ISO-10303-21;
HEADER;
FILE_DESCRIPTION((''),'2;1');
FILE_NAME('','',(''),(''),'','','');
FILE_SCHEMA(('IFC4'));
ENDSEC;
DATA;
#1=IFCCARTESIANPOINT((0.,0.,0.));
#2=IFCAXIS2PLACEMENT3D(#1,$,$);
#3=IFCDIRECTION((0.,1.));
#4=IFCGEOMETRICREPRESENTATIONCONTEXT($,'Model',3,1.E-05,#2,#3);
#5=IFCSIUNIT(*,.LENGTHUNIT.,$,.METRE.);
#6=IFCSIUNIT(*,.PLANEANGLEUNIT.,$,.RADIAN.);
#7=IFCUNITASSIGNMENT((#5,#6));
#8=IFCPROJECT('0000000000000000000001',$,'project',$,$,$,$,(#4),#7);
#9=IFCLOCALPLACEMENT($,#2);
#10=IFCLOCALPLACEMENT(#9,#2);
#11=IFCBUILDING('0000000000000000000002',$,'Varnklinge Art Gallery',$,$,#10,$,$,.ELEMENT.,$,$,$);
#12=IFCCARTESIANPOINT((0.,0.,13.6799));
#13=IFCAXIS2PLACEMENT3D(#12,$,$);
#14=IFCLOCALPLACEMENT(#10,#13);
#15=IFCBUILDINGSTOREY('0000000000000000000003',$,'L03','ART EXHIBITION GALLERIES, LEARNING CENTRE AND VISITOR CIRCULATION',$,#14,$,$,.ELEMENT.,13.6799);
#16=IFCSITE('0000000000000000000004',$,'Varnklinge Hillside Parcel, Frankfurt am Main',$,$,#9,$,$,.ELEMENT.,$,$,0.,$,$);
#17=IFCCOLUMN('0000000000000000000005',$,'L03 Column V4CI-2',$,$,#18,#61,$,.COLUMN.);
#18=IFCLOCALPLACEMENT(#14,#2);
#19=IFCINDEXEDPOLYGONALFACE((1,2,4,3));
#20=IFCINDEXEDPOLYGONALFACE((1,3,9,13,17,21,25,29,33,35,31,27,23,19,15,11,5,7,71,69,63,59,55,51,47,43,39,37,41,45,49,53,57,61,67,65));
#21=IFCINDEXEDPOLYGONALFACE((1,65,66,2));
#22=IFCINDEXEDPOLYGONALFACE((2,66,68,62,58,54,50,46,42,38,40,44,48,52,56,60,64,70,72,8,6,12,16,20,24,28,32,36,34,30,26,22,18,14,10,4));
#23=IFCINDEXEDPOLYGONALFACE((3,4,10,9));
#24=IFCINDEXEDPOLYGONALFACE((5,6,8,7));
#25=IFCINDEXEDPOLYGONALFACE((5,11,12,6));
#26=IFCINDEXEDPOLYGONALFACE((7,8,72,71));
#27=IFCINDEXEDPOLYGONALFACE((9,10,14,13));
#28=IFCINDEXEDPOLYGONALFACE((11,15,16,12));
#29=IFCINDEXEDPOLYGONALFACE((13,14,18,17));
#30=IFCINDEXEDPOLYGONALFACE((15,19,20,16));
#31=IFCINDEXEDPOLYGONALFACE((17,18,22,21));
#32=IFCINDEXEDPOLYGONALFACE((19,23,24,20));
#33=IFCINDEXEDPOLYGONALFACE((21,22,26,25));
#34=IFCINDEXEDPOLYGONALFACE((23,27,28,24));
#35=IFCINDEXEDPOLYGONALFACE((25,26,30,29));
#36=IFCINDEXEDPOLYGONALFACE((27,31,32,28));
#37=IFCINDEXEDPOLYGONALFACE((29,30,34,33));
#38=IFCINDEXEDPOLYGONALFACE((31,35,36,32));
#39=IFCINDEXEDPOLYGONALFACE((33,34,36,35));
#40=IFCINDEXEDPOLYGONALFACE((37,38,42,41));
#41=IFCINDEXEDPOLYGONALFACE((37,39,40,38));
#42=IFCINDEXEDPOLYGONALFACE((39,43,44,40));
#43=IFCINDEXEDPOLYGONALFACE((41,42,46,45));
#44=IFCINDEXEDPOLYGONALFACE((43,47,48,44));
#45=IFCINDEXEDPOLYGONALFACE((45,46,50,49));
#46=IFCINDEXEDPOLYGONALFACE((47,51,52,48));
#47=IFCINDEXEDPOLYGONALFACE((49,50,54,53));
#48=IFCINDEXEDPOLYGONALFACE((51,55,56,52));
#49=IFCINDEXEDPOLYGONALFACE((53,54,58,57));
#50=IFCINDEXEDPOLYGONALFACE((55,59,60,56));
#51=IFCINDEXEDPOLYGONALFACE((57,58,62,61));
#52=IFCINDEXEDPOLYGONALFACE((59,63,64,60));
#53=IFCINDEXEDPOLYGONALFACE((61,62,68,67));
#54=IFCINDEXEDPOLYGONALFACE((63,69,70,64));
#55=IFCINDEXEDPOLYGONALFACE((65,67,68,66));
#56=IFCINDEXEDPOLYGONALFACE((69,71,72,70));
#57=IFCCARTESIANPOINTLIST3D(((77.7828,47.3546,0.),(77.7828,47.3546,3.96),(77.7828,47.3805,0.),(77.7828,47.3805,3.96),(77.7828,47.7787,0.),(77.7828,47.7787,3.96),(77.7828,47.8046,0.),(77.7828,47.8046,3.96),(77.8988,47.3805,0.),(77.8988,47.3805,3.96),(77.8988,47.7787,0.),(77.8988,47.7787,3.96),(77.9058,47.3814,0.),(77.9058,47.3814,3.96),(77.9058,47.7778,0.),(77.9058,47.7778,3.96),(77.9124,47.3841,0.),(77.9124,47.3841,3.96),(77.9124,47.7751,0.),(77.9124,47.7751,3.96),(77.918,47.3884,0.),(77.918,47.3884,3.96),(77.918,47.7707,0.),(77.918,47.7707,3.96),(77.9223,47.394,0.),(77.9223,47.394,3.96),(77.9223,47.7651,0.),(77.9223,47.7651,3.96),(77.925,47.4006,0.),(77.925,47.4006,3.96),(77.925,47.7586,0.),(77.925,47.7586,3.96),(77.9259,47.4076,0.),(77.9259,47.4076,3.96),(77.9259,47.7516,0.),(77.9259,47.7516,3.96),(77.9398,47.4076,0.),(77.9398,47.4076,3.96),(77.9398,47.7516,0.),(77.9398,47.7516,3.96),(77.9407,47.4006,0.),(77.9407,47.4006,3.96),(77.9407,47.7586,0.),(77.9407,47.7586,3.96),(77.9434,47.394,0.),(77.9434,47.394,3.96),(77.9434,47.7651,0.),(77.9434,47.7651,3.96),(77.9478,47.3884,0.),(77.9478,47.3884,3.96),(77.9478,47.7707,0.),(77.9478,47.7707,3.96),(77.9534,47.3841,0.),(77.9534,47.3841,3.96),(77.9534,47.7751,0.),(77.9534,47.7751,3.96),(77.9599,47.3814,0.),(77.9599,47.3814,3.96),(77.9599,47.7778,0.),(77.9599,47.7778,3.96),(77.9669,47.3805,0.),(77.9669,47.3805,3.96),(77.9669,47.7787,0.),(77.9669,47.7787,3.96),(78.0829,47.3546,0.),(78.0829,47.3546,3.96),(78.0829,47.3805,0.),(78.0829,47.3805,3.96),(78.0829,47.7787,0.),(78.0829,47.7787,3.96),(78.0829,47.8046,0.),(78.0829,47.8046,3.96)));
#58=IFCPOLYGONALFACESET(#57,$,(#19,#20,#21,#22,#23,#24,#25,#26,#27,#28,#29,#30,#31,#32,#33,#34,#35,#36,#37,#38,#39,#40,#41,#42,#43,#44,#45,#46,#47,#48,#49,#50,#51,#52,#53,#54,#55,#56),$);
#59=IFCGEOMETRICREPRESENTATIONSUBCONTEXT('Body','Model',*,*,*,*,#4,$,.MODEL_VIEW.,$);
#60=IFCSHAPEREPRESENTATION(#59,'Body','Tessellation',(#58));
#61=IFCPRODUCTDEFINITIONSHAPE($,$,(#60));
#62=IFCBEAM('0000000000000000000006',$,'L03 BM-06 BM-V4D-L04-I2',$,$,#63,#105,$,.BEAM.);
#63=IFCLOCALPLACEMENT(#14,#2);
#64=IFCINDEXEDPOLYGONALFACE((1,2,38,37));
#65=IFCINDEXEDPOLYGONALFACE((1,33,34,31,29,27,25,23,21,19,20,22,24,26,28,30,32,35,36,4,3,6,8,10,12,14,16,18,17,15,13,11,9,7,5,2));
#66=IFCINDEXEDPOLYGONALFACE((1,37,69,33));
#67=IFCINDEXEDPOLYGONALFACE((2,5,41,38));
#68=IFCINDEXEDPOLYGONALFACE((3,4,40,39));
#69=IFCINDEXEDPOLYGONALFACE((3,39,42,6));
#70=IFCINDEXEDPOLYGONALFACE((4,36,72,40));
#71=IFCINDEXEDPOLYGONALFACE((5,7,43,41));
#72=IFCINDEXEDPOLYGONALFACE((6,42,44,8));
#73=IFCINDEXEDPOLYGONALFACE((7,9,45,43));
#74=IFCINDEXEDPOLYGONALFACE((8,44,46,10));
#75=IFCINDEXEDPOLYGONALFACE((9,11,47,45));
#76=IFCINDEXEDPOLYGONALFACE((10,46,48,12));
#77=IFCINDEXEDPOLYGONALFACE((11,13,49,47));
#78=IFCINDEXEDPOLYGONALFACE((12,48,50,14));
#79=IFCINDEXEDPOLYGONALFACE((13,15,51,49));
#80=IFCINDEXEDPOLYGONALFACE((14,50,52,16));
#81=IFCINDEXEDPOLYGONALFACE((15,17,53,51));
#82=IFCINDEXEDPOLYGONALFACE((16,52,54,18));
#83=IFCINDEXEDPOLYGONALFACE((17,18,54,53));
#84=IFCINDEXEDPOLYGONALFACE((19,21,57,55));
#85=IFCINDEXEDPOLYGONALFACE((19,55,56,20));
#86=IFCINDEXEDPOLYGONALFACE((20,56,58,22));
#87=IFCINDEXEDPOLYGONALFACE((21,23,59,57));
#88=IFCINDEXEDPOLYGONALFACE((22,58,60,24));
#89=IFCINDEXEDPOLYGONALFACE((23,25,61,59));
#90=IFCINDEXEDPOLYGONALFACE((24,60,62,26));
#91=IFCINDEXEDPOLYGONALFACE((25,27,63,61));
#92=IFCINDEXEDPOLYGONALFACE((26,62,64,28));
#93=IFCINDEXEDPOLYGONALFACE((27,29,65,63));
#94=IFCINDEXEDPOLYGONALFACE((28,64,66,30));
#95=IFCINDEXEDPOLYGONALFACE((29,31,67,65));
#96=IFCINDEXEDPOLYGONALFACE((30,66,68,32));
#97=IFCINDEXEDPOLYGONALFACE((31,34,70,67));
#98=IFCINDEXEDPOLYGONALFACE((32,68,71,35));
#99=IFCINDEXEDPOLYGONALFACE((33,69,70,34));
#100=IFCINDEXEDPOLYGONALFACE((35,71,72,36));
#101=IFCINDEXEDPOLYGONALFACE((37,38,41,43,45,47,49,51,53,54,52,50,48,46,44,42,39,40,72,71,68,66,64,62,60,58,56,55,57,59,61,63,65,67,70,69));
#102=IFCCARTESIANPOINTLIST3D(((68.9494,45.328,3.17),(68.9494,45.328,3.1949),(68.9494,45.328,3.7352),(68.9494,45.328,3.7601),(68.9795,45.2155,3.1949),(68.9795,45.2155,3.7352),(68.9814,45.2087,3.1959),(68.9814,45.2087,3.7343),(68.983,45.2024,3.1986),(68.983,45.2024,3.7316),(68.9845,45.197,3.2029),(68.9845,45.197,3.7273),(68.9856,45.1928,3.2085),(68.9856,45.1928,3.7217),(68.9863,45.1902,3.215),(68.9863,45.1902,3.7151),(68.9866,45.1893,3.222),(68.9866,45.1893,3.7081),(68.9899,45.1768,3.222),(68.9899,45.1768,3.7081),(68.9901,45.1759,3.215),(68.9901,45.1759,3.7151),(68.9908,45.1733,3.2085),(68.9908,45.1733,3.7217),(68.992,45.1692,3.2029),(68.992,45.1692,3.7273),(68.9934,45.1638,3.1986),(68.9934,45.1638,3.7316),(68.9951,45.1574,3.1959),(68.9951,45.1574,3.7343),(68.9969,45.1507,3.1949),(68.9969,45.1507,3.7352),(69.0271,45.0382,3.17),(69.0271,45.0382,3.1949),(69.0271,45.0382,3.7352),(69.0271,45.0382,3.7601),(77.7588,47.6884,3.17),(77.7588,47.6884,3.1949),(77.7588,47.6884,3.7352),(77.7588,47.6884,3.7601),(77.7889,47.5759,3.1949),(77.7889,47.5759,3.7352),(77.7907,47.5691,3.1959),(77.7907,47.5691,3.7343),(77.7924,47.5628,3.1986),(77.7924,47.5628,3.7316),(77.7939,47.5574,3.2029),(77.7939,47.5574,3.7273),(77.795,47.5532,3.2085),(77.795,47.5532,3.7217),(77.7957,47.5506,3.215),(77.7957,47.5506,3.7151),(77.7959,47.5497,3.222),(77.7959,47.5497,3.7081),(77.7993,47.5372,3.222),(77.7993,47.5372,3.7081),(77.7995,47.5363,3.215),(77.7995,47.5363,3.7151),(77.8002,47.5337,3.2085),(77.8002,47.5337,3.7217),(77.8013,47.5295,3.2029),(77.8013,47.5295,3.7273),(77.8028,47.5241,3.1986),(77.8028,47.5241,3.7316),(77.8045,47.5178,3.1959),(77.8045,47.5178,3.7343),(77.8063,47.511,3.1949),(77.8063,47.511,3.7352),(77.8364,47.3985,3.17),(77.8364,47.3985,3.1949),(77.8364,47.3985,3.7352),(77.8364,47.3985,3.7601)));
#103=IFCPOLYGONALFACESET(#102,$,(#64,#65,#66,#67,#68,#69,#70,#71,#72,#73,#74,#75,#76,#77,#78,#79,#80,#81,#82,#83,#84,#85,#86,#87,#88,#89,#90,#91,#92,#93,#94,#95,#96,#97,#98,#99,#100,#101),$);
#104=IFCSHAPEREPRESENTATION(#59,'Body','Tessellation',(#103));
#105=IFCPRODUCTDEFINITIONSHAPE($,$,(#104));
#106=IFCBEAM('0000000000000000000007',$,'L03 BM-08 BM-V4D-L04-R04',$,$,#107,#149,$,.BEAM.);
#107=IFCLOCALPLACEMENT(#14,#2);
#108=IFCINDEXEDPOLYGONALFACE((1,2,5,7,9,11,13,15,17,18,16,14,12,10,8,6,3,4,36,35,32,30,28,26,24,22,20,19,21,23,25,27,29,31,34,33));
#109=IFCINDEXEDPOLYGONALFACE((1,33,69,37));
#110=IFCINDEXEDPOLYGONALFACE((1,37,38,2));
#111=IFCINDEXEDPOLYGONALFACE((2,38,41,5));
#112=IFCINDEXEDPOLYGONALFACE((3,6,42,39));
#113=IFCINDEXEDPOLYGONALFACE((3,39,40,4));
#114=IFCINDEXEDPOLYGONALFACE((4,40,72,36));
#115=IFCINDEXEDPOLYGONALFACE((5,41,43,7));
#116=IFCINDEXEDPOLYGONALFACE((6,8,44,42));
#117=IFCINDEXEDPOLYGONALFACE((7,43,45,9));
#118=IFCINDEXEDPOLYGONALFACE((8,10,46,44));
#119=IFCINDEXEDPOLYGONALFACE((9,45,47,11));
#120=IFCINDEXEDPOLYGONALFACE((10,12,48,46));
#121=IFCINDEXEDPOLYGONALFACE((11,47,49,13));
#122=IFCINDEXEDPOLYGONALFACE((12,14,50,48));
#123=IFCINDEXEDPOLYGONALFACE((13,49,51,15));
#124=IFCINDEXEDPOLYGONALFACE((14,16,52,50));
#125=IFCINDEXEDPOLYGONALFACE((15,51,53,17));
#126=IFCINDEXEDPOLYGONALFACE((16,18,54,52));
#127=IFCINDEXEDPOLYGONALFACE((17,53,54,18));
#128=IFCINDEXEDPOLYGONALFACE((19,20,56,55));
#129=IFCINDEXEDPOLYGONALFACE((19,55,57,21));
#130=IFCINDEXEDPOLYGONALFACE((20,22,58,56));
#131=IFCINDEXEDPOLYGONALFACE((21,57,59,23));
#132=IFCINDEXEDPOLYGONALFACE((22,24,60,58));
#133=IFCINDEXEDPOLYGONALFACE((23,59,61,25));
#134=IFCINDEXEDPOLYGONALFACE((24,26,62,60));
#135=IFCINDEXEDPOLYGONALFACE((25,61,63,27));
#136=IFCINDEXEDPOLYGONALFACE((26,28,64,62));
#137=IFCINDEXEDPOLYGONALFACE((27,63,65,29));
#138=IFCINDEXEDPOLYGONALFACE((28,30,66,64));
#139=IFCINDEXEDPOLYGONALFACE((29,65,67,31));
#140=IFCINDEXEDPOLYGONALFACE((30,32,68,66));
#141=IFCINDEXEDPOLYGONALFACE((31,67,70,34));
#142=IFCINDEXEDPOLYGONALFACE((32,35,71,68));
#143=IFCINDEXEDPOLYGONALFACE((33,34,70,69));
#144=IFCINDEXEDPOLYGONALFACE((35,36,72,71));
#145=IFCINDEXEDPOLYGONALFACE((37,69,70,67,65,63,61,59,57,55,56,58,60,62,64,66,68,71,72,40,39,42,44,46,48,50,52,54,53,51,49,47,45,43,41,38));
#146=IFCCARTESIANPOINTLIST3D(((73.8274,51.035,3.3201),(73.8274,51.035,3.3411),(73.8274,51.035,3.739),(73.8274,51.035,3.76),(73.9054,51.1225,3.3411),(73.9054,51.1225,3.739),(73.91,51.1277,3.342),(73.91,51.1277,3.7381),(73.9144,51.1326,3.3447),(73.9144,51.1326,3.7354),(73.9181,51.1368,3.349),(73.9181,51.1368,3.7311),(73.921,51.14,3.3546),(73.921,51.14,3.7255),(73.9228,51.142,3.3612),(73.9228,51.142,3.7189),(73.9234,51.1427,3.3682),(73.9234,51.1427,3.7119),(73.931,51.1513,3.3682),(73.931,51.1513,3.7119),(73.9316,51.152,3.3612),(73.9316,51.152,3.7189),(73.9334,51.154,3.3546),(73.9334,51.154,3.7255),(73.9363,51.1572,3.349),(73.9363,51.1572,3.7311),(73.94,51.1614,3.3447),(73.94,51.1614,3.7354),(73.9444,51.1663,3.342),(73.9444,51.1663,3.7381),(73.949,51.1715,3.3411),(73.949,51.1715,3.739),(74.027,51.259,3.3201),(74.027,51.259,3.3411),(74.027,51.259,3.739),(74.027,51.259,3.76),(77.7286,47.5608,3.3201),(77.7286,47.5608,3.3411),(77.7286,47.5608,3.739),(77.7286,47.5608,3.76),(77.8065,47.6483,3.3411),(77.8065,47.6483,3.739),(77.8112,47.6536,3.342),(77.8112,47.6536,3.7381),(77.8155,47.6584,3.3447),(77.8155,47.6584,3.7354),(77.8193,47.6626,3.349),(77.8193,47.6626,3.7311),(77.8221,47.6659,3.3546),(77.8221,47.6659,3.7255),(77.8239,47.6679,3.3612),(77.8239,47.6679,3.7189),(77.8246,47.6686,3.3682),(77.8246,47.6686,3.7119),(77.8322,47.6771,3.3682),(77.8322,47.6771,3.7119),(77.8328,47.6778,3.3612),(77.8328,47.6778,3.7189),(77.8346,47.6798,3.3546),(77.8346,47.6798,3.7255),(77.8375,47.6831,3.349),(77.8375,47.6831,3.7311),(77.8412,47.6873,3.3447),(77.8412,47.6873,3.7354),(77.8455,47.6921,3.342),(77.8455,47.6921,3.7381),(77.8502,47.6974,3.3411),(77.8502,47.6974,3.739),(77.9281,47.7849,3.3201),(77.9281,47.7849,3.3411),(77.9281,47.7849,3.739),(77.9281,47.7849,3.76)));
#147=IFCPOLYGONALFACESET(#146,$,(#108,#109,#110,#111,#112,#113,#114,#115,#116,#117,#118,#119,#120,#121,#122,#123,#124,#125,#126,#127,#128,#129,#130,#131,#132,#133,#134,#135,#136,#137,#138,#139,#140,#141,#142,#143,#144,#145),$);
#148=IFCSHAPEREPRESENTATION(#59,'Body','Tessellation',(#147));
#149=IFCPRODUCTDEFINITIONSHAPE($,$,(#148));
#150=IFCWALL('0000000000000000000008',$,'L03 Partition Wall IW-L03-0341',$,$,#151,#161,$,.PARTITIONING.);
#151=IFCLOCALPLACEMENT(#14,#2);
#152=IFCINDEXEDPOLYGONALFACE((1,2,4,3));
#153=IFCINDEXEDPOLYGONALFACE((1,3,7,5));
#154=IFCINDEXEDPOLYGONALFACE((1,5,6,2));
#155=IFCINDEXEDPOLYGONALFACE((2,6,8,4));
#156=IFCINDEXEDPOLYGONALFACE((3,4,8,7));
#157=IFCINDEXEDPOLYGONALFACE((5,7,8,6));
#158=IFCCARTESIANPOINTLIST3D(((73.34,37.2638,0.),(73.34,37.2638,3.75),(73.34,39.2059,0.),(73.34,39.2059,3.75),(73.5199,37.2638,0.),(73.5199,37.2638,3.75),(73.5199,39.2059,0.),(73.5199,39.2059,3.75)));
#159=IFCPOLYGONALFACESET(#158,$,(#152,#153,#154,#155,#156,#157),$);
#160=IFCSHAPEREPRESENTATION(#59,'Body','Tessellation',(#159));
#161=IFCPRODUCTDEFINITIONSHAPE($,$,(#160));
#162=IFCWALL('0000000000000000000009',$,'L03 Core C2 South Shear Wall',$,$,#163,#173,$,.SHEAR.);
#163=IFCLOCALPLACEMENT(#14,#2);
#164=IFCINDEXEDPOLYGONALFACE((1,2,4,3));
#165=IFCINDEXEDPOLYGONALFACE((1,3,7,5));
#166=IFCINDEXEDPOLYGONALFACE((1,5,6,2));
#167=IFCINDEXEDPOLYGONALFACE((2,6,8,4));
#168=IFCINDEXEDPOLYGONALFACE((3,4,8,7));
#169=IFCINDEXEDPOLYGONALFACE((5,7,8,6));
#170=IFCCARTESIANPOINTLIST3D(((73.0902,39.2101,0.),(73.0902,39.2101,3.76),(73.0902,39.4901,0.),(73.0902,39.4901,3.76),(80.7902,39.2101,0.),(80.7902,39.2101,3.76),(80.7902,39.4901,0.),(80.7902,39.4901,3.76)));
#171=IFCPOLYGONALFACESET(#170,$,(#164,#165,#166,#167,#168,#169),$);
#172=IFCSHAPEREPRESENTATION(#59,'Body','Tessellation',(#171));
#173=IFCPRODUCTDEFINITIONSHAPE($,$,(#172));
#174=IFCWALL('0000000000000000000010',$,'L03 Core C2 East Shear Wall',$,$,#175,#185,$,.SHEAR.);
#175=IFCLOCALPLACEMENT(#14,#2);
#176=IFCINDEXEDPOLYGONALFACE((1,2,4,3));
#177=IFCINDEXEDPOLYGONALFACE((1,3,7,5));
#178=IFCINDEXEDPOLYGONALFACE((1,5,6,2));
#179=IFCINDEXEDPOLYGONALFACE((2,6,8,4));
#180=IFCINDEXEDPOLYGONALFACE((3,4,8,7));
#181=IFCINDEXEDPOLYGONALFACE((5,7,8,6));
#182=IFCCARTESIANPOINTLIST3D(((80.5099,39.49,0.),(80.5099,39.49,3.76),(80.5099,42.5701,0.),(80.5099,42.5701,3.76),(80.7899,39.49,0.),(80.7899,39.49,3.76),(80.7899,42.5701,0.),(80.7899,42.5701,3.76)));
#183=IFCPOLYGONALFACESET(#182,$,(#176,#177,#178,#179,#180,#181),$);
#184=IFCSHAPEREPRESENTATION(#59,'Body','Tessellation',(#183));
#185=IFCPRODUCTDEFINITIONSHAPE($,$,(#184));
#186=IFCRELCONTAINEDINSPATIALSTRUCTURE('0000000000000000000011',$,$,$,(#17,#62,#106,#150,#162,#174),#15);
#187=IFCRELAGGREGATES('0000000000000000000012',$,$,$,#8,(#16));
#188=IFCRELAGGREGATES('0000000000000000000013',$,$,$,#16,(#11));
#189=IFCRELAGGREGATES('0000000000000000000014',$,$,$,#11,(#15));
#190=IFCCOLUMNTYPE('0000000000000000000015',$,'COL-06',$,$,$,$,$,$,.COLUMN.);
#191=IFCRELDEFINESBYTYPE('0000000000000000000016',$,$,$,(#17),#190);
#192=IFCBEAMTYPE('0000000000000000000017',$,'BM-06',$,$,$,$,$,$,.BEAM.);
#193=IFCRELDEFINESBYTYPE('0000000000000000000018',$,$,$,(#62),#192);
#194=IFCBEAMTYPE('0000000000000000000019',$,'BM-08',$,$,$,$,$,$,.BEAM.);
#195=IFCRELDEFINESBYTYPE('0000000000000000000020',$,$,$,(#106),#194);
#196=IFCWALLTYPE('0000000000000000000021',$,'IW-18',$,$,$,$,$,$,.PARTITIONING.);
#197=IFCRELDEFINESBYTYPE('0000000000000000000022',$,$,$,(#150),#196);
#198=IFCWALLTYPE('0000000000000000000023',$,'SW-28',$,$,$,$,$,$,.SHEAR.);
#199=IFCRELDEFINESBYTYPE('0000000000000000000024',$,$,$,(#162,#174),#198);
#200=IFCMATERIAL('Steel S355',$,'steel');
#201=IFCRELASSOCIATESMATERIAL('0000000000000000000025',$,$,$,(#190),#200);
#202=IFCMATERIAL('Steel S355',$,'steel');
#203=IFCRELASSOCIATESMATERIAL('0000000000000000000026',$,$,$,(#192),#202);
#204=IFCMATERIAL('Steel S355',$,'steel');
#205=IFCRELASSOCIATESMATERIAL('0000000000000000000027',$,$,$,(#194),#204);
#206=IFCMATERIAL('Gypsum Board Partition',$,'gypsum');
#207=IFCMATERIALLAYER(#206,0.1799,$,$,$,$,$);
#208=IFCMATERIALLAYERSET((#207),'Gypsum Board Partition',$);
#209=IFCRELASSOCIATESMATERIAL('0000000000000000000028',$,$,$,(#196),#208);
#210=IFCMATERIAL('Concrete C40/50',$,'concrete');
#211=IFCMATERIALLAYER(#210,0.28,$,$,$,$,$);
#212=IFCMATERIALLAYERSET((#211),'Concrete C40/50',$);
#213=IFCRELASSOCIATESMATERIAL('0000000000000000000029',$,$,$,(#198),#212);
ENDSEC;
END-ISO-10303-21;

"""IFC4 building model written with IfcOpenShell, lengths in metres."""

from ifc_helpers import new_model, si_unit, direction, frame, frame_2d, origin, origin_2d, place, context, subcontext, project, spatial, rectangle, i_section, extrude, material, layer, layer_set, material_profile, profile_set, type_object, element, save


model = new_model("IFC4")

# Units and contexts
model_context = context("Model", 3, precision=1e-05, world=origin(), true_north=direction((0.0, 1.0)))
body_context = subcontext(model_context, "Body", "Model", "MODEL_VIEW")
ifc_project = project(units=[si_unit("LENGTHUNIT", "METRE"), si_unit("PLANEANGLEUNIT", "RADIAN")], contexts=[model_context])

# Site, building, storey
site_placement = place(None, origin())
site = spatial("IfcSite", under=ifc_project, at=site_placement, Name="Varnklinge Hillside Parcel, Frankfurt am Main", CompositionType="ELEMENT", RefElevation=0.0)
building_placement = place(site_placement, origin())
building = spatial("IfcBuilding", under=site, at=building_placement, Name="Varnklinge Art Gallery", CompositionType="ELEMENT")
storey_placement = place(building_placement, frame((0.0, 0.0, 13.6799)))
storey = spatial("IfcBuildingStorey", under=building, at=storey_placement, Name="L03", Description="ART EXHIBITION GALLERIES, LEARNING CENTRE AND VISITOR CIRCULATION", CompositionType="ELEMENT", Elevation=13.6799)

# Column
ifc_material_1 = material(Name="Steel S355", Category="steel")
ifc_material_profile_1 = material_profile(ifc_material_1, i_section(OverallWidth=0.3, OverallDepth=0.45, WebThickness=0.0139, FlangeThickness=0.0259, FilletRadius=0.0271, at=origin_2d()), Name="HEB 450")
ifc_profile_set_1 = profile_set([ifc_material_profile_1], Name="Steel S355")
column_type = type_object("IfcColumnType", Name="COL-06", PredefinedType="COLUMN", material=ifc_profile_set_1)
column_placement = place(storey_placement, frame((77.9329, 47.5796, 0.0), z_axis=(0.0, 0.0, 1.0), x_axis=(1.0, 0.0, 0.0)))
element("IfcColumn", 1, at=column_placement, inside=storey, type_object=column_type, Name="L03 Column V4CI-2", PredefinedType="COLUMN", context=body_context, shape_type="SweptSolid", body=[
    extrude(i_section(OverallWidth=0.3, OverallDepth=0.45, WebThickness=0.0139, FlangeThickness=0.0259, FilletRadius=0.0271, at=origin_2d()), origin(), (0.0, 0.0, 1.0), 3.96),
])

# Beams
ifc_material_2 = material(Name="Steel S355", Category="steel")
ifc_material_profile_2 = material_profile(ifc_material_2, i_section(OverallWidth=0.3, OverallDepth=0.5901, WebThickness=0.0129, FlangeThickness=0.0249, FilletRadius=0.0271, at=origin_2d()), Name="HEA 600")
ifc_profile_set_2 = profile_set([ifc_material_profile_2], Name="Steel S355")
beam_type_1 = type_object("IfcBeamType", Name="BM-06", PredefinedType="BEAM", material=ifc_profile_set_2)
beam_1_placement = place(storey_placement, frame((77.7976, 47.5435, 3.4651), z_axis=(-0.965929, -0.258809, 0.0), x_axis=(0.258809, -0.965929, 0.0)))
element("IfcBeam", 2, at=beam_1_placement, inside=storey, type_object=beam_type_1, Name="L03 BM-06 BM-V4D-L04-I2", PredefinedType="BEAM", context=body_context, shape_type="SweptSolid", body=[
    extrude(i_section(OverallWidth=0.3, OverallDepth=0.5901, WebThickness=0.0129, FlangeThickness=0.0249, FilletRadius=0.0271, at=origin_2d()), origin(), (0.0, 0.0, 1.0), 9.1201),
])
ifc_material_3 = material(Name="Steel S355", Category="steel")
ifc_material_profile_3 = material_profile(ifc_material_3, i_section(OverallWidth=0.3, OverallDepth=0.4399, WebThickness=0.0115, FlangeThickness=0.021, FilletRadius=0.0271, at=origin_2d()), Name="HEA 450")
ifc_profile_set_3 = profile_set([ifc_material_profile_3], Name="Steel S355")
beam_type_2 = type_object("IfcBeamType", Name="BM-08", PredefinedType="BEAM", material=ifc_profile_set_3)
beam_2_placement = place(storey_placement, frame((77.8284, 47.6729, 3.54), z_axis=(-0.746795, 0.665054, 0.0), x_axis=(-0.665054, -0.746795, 0.0)))
element("IfcBeam", 3, at=beam_2_placement, inside=storey, type_object=beam_type_2, Name="L03 BM-08 BM-V4D-L04-R04", PredefinedType="BEAM", context=body_context, shape_type="SweptSolid", body=[
    extrude(i_section(OverallWidth=0.3, OverallDepth=0.4399, WebThickness=0.0115, FlangeThickness=0.021, FilletRadius=0.0271, at=origin_2d()), origin(), (0.0, 0.0, 1.0), 5.2239),
])

# Walls
ifc_material_4 = material(Name="Gypsum Board Partition", Category="gypsum")
ifc_layer_1 = layer(ifc_material_4, 0.1799)
ifc_layer_set_1 = layer_set([ifc_layer_1], Name="Gypsum Board Partition")
wall_type_1 = type_object("IfcWallType", Name="IW-18", PredefinedType="PARTITIONING", material=ifc_layer_set_1)
wall_1_placement = place(storey_placement, frame((73.4299, 39.2061, 0.0), z_axis=(0.0, 0.0, 1.0), x_axis=(0.0, -1.0, 0.0)))
element("IfcWall", 4, at=wall_1_placement, inside=storey, type_object=wall_type_1, Name="L03 Partition Wall IW-L03-0341", PredefinedType="PARTITIONING", context=body_context, shape_type="SweptSolid", body=[
    extrude(rectangle(XDim=1.9421, YDim=0.1799, at=frame_2d((0.9712, 0.0))), origin(), (0.0, 0.0, 1.0), 3.75),
])
ifc_material_5 = material(Name="Concrete C40/50", Category="concrete")
ifc_layer_2 = layer(ifc_material_5, 0.28)
ifc_layer_set_2 = layer_set([ifc_layer_2], Name="Concrete C40/50")
wall_type_2 = type_object("IfcWallType", Name="SW-28", PredefinedType="SHEAR", material=ifc_layer_set_2)
wall_2_placement = place(storey_placement, frame((73.0901, 39.3501, 0.0), z_axis=(0.0, 0.0, 1.0), x_axis=(1.0, 0.0, 0.0)))
element("IfcWall", 5, at=wall_2_placement, inside=storey, type_object=wall_type_2, Name="L03 Core C2 South Shear Wall", PredefinedType="SHEAR", context=body_context, shape_type="SweptSolid", body=[
    extrude(rectangle(XDim=7.7, YDim=0.28, at=frame_2d((3.8501, 0.0))), origin(), (0.0, 0.0, 1.0), 3.76),
])
wall_3_placement = place(storey_placement, frame((80.6499, 39.49, 0.0), z_axis=(0.0, 0.0, 1.0), x_axis=(0.0, 1.0, 0.0)))
element("IfcWall", 6, at=wall_3_placement, inside=storey, type_object=wall_type_2, Name="L03 Core C2 East Shear Wall", PredefinedType="SHEAR", context=body_context, shape_type="SweptSolid", body=[
    extrude(rectangle(XDim=3.0801, YDim=0.28, at=frame_2d((1.54, 0.0))), origin(), (0.0, 0.0, 1.0), 3.76),
])

save(model, "model.ifc")
